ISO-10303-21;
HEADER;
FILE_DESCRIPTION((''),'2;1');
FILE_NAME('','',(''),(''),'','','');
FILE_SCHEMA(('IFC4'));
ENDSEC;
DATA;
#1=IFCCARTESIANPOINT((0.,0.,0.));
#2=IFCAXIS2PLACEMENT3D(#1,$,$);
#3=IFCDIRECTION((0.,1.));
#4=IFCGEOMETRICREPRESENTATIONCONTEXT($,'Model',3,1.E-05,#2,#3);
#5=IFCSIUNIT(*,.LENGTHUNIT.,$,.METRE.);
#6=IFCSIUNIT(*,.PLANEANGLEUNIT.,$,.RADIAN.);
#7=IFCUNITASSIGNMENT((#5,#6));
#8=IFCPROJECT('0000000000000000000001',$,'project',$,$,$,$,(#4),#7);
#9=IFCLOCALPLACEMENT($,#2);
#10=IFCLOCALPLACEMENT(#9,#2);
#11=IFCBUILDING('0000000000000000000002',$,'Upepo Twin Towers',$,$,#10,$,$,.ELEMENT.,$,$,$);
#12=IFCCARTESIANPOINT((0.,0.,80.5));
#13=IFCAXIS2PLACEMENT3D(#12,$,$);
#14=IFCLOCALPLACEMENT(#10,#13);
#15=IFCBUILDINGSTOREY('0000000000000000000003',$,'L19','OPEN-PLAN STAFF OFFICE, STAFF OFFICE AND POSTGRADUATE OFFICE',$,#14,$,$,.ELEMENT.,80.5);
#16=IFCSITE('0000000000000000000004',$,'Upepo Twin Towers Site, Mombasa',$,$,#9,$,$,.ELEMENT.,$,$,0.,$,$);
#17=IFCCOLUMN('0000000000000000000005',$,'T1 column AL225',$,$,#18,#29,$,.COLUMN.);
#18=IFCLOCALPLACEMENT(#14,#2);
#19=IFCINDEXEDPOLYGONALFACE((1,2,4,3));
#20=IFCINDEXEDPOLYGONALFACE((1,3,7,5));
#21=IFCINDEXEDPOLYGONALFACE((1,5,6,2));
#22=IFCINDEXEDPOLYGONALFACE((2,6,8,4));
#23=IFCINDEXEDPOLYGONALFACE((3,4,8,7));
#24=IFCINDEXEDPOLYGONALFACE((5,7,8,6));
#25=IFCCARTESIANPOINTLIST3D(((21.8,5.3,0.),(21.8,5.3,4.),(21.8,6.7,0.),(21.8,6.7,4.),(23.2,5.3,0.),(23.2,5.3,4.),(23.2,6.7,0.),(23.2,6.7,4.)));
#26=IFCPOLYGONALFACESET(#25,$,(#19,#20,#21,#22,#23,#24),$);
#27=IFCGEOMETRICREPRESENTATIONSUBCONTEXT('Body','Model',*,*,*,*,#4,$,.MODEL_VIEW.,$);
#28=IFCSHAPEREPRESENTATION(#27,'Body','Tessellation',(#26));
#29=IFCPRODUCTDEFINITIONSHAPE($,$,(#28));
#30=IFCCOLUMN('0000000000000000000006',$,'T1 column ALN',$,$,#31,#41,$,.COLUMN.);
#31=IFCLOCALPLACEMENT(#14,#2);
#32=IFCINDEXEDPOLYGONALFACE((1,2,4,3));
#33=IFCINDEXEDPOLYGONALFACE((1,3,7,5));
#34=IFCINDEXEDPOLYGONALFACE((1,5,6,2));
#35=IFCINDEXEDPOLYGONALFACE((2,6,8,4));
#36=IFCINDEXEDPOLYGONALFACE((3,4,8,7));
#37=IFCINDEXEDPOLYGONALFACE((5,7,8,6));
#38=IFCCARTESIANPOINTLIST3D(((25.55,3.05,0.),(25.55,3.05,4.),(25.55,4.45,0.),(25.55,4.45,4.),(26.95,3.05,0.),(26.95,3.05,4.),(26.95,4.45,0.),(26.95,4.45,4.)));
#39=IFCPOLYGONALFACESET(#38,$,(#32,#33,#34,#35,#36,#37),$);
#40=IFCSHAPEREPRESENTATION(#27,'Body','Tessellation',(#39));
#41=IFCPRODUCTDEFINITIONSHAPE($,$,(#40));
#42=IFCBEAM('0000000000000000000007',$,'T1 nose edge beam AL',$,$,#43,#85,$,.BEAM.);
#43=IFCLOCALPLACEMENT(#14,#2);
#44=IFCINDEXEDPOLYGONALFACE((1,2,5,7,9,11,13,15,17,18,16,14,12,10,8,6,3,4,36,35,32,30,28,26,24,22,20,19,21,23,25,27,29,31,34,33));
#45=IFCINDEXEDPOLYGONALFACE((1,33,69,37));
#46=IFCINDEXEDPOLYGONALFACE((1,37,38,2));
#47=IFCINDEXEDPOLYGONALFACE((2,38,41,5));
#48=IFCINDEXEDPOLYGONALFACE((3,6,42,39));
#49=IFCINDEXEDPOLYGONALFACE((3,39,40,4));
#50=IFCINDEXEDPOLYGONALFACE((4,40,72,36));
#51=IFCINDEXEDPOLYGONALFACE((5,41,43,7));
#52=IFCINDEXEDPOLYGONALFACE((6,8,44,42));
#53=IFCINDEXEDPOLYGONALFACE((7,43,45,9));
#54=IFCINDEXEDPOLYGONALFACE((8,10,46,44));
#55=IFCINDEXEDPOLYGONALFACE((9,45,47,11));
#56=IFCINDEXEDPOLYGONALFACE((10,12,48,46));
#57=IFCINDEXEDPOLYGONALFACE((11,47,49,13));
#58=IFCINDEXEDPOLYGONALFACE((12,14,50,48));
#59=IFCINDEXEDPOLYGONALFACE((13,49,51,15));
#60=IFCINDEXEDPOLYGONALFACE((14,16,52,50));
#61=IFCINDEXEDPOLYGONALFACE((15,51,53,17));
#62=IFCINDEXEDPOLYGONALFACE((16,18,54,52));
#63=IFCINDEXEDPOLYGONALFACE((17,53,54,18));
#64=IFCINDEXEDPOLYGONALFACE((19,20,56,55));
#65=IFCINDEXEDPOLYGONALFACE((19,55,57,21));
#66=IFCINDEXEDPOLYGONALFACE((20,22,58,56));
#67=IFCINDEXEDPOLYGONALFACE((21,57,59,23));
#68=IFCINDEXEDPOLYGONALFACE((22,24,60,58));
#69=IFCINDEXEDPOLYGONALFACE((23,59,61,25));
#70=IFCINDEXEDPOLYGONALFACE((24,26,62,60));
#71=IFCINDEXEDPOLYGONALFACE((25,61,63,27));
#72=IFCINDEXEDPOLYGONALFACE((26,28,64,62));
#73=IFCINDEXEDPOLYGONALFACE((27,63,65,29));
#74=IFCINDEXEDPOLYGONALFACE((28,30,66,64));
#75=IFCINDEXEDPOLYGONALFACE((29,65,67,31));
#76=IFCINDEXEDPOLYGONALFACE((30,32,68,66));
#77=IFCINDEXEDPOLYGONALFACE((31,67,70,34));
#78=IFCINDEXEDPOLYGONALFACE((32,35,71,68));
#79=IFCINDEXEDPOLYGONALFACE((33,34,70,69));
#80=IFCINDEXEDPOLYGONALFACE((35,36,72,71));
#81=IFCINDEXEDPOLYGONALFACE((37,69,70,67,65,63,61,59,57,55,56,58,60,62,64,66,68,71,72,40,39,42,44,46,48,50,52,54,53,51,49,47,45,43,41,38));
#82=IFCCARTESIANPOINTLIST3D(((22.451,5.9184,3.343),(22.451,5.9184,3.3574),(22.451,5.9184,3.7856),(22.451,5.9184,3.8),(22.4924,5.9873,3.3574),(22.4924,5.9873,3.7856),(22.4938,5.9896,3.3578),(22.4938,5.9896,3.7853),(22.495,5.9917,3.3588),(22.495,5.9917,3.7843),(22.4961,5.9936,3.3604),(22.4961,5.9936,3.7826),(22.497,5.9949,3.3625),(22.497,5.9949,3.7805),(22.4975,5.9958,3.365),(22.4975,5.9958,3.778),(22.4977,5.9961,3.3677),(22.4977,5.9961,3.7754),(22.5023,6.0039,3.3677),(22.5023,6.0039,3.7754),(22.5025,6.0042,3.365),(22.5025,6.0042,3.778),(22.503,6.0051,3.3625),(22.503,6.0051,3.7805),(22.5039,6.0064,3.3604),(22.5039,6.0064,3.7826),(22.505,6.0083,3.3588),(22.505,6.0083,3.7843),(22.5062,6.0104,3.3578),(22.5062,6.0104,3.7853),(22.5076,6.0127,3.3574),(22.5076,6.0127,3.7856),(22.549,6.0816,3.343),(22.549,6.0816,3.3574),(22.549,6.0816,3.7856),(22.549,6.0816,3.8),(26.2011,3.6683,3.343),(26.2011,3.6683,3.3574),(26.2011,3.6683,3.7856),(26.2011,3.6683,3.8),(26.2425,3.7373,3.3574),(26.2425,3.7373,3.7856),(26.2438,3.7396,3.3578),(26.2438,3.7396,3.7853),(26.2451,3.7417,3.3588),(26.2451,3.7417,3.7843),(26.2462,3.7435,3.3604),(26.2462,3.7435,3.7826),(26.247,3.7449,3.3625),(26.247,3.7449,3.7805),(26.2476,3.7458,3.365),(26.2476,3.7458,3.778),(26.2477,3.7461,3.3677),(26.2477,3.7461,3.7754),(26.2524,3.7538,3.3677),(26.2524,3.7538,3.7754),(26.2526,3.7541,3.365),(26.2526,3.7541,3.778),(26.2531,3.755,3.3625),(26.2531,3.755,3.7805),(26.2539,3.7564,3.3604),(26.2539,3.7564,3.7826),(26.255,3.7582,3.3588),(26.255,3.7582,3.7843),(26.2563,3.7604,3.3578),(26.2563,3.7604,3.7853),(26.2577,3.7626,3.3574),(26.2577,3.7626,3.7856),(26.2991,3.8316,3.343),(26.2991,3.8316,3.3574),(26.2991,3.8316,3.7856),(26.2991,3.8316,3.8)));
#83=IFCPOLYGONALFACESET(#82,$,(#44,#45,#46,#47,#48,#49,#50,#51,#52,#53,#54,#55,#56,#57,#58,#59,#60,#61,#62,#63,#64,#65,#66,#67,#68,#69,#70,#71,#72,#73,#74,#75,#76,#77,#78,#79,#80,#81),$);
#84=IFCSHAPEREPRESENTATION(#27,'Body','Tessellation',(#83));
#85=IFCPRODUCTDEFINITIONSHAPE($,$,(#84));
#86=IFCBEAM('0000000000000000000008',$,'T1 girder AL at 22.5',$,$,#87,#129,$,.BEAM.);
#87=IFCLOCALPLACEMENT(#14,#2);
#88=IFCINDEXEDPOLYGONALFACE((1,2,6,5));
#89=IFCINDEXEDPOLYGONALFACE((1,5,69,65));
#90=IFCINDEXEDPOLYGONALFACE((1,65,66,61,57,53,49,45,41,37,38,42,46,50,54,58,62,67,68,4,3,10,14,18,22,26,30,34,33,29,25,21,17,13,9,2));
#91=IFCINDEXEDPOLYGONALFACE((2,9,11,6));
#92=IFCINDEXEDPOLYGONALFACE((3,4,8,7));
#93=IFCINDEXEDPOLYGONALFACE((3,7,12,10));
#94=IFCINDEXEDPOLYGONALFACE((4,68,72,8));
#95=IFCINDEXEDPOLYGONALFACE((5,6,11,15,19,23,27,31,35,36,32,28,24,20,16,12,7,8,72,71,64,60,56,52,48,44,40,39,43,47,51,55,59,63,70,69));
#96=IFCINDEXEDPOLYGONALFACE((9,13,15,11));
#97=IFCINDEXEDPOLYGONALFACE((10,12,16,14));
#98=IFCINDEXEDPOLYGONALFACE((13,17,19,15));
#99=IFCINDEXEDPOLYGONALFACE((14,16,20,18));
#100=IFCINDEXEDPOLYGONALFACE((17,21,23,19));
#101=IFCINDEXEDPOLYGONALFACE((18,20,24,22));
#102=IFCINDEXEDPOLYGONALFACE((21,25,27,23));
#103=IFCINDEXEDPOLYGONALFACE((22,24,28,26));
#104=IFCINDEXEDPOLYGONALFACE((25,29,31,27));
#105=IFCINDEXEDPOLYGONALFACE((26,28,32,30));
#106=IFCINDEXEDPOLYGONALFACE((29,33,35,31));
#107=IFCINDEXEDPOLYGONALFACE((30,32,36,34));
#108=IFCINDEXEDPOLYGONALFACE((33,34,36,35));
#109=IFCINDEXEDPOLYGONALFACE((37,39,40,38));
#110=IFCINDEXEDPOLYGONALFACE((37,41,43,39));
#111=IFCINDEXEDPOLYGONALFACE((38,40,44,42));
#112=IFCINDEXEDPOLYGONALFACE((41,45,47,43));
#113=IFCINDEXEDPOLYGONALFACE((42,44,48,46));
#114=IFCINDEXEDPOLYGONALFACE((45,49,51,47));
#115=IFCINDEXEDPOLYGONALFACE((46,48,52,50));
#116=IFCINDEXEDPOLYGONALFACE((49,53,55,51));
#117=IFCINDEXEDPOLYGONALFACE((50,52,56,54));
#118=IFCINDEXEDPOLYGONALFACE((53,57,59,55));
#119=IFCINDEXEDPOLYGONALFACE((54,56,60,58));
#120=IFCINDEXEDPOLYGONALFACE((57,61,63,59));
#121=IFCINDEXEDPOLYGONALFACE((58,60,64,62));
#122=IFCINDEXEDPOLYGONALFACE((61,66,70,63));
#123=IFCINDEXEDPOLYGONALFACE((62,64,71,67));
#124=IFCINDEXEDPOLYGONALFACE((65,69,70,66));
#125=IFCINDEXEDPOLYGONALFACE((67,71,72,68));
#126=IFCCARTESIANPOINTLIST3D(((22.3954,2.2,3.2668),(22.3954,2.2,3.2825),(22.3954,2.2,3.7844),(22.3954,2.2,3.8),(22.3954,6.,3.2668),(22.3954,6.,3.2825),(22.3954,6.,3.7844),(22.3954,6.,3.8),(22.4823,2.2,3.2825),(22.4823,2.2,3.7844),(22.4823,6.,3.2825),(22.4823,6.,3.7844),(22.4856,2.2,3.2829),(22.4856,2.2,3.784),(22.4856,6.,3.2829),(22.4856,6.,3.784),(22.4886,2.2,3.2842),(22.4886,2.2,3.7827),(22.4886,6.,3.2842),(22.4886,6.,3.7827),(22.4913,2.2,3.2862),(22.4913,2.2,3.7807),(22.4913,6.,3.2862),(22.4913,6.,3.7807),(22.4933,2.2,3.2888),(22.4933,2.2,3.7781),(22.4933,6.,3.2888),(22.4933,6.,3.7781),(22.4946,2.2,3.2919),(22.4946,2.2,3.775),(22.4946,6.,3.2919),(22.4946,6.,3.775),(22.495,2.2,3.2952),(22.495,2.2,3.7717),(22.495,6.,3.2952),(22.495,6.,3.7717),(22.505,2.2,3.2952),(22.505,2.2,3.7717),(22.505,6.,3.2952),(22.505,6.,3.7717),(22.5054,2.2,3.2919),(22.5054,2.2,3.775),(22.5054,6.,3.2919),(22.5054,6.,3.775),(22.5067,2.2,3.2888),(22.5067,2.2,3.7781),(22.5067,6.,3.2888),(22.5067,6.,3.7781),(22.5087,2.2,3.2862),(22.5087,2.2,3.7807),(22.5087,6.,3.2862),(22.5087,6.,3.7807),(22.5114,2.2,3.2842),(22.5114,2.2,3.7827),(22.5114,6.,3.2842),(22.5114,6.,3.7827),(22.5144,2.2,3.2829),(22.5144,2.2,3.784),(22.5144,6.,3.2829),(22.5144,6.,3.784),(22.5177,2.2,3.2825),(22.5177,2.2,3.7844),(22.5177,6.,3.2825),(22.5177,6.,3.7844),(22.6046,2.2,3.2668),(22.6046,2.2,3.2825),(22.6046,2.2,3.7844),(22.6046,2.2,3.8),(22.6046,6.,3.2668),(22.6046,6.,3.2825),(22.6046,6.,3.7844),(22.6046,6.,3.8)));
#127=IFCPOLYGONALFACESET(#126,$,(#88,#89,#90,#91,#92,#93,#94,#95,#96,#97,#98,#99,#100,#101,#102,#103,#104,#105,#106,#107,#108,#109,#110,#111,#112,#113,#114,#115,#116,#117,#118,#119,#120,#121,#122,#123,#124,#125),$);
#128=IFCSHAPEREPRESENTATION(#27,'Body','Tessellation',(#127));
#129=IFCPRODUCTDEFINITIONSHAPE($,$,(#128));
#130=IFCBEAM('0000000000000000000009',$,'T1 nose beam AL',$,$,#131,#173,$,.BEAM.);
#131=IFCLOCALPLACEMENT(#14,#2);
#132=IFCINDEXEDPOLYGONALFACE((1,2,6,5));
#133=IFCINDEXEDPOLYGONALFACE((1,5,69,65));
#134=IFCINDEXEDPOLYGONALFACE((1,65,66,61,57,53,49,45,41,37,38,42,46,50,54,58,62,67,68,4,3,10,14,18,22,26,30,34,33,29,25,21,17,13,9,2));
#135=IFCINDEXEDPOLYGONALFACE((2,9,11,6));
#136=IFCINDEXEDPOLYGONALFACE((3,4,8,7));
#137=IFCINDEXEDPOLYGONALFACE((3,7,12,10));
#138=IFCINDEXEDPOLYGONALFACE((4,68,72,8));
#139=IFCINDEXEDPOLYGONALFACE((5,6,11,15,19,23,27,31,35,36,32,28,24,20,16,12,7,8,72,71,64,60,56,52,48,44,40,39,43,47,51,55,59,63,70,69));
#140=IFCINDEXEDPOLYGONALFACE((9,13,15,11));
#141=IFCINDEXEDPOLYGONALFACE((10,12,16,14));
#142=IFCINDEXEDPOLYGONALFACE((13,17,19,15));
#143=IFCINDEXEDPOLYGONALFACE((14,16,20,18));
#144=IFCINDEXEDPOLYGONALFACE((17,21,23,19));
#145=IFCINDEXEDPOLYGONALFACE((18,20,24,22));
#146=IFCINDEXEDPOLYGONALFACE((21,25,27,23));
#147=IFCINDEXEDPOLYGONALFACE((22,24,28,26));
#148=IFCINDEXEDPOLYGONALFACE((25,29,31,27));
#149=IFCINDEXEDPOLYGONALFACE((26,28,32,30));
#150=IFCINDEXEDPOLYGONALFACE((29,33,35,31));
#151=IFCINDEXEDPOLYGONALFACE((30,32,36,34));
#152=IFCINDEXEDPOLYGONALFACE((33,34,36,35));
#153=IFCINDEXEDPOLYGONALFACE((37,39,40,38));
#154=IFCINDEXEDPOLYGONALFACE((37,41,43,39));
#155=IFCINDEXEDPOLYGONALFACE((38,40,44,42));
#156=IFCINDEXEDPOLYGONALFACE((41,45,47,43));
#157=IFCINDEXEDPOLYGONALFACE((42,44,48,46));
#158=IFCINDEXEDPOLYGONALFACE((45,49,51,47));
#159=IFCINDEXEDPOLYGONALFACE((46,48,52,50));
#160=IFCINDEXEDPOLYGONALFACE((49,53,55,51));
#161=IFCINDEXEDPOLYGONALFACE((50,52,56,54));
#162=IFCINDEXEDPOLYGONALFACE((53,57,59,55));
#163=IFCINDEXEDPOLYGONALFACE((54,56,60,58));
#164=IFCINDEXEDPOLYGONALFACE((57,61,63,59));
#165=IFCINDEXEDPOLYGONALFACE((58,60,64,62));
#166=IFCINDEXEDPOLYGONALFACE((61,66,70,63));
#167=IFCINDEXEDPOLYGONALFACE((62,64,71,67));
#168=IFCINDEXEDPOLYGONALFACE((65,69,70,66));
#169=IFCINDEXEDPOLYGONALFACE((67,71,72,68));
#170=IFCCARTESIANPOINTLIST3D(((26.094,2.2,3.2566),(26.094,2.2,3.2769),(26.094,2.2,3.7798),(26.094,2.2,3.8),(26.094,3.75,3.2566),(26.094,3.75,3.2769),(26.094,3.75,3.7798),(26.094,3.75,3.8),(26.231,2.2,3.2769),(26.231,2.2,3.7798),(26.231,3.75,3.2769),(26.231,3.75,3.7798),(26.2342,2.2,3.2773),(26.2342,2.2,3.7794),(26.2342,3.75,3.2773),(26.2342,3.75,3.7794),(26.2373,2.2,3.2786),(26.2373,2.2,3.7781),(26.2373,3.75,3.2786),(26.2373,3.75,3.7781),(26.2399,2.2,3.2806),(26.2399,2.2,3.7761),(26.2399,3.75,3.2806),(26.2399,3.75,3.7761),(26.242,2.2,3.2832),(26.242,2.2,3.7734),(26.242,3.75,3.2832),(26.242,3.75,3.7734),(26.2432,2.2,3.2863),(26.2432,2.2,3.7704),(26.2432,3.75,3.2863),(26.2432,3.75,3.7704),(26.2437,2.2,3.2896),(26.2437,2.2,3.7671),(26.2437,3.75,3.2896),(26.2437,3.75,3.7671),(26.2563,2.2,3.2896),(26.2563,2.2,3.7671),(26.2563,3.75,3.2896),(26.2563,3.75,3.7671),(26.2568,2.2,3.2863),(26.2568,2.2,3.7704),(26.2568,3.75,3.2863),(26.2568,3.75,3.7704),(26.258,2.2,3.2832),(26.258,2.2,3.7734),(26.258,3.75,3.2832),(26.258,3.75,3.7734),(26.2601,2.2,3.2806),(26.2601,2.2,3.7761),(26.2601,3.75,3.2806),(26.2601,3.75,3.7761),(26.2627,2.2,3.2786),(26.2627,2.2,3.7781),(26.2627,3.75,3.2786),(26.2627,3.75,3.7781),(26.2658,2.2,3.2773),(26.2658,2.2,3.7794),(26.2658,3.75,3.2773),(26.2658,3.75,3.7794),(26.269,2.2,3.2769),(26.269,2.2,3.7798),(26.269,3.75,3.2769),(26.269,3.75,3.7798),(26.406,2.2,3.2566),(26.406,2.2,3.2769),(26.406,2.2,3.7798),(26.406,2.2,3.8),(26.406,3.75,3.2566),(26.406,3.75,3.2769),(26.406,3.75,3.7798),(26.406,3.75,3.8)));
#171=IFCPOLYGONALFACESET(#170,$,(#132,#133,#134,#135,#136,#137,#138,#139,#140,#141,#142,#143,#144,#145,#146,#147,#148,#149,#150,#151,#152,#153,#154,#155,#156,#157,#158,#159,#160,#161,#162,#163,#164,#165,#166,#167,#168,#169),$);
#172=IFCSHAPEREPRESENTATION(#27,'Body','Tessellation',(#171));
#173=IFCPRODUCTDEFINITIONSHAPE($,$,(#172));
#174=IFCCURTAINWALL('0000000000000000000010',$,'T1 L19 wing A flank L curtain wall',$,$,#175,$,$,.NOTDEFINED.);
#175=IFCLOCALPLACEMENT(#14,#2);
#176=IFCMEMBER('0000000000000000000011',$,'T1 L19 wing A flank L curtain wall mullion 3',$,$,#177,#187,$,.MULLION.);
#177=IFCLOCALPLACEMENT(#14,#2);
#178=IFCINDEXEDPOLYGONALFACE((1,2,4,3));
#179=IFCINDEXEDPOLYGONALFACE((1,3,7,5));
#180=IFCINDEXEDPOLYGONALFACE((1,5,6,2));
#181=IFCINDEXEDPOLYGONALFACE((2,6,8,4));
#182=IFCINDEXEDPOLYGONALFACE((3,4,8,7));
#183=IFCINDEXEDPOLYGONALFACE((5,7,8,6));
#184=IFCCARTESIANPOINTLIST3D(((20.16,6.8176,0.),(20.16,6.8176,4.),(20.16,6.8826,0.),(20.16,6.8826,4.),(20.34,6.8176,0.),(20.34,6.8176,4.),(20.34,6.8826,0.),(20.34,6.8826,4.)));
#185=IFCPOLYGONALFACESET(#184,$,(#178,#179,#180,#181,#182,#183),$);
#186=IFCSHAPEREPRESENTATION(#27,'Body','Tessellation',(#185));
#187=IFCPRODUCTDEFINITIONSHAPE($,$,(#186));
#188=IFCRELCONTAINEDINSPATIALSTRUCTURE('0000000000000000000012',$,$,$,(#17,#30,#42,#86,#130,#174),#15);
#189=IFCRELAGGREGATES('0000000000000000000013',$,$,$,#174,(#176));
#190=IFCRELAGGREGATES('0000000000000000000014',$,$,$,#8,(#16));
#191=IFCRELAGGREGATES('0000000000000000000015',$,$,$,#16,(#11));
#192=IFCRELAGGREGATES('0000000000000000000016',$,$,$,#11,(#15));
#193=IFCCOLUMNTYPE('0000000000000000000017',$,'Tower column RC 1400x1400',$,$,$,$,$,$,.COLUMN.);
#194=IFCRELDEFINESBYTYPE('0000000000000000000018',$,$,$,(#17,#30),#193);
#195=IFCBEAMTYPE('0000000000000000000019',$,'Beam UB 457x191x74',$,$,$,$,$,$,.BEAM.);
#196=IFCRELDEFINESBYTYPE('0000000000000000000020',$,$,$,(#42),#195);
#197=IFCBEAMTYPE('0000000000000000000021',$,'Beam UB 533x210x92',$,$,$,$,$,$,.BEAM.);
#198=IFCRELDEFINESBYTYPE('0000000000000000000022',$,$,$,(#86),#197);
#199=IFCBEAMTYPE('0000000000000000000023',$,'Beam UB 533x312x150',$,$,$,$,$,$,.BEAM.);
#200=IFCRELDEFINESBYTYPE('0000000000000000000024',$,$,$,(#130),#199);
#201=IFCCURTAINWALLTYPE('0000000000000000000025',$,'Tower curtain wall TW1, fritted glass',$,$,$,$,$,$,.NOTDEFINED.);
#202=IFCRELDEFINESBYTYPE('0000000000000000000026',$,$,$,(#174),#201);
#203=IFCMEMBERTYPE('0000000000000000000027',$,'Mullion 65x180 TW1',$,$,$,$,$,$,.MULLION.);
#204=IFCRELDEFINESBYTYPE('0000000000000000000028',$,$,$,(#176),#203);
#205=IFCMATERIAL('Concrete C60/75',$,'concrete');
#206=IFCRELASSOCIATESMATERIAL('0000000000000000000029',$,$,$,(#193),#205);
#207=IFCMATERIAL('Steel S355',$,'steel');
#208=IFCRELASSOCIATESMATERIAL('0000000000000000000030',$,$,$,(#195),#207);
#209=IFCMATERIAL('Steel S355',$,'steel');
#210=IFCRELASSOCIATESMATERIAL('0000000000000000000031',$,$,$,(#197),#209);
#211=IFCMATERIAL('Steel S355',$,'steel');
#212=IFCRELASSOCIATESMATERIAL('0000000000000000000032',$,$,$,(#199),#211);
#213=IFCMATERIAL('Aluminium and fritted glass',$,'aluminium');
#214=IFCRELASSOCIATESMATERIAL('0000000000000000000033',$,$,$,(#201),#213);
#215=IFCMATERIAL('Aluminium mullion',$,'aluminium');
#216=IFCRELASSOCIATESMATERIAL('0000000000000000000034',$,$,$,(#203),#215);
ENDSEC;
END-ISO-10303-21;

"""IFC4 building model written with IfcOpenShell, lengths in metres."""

from ifc_helpers import new_model, si_unit, direction, frame, origin, origin_2d, place, context, subcontext, project, spatial, rectangle, i_section, extrude, material, material_profile, profile_set, type_object, element, aggregate, save


model = new_model("IFC4")

# Units and contexts
model_context = context("Model", 3, precision=1e-05, world=origin(), true_north=direction((0.0, 1.0)))
body_context = subcontext(model_context, "Body", "Model", "MODEL_VIEW")
ifc_project = project(units=[si_unit("LENGTHUNIT", "METRE"), si_unit("PLANEANGLEUNIT", "RADIAN")], contexts=[model_context])

# Site, building, storey
site_placement = place(None, origin())
site = spatial("IfcSite", under=ifc_project, at=site_placement, Name="Upepo Twin Towers Site, Mombasa", CompositionType="ELEMENT", RefElevation=0.0)
building_placement = place(site_placement, origin())
building = spatial("IfcBuilding", under=site, at=building_placement, Name="Upepo Twin Towers", CompositionType="ELEMENT")
storey_placement = place(building_placement, frame((0.0, 0.0, 80.5)))
storey = spatial("IfcBuildingStorey", under=building, at=storey_placement, Name="L19", Description="OPEN-PLAN STAFF OFFICE, STAFF OFFICE AND POSTGRADUATE OFFICE", CompositionType="ELEMENT", Elevation=80.5)

# Columns
ifc_material_1 = material(Name="Concrete C60/75", Category="concrete")
ifc_material_profile_1 = material_profile(ifc_material_1, rectangle(XDim=1.3999, YDim=1.3999, at=origin_2d()), Name="RC 1400x1400")
ifc_profile_set_1 = profile_set([ifc_material_profile_1], Name="Concrete C60/75")
column_type = type_object("IfcColumnType", Name="Tower column RC 1400x1400", PredefinedType="COLUMN", material=ifc_profile_set_1)
for number, where, z_axis, x_axis, name in (
    (1, (22.5, 6.0, 0.0), (0.0, 0.0, 1.0), (1.0, 0.0, 0.0), "T1 column AL225"),
    (2, (26.25, 3.75, 0.0), (0.0, 0.0, 1.0), (1.0, 0.0, 0.0), "T1 column ALN"),
):
    element("IfcColumn", number, at=place(storey_placement, frame(where, z_axis=z_axis, x_axis=x_axis)), inside=storey, type_object=column_type, Name=name, PredefinedType="COLUMN", context=body_context, shape_type="SweptSolid", body=[
        extrude(rectangle(XDim=1.3999, YDim=1.3999, at=origin_2d()), origin(), (0.0, 0.0, 1.0), 4.0),
    ])

# Beams
ifc_material_2 = material(Name="Steel S355", Category="steel")
ifc_material_profile_2 = material_profile(ifc_material_2, i_section(OverallWidth=0.1904, OverallDepth=0.457, WebThickness=0.009, FlangeThickness=0.0144, FilletRadius=0.0103, at=origin_2d()), Name="UB 457x191x74")
ifc_profile_set_2 = profile_set([ifc_material_profile_2], Name="Steel S355")
beam_type_1 = type_object("IfcBeamType", Name="Beam UB 457x191x74", PredefinedType="BEAM", material=ifc_profile_set_2)
beam_1_placement = place(storey_placement, frame((22.5, 6.0, 3.5715), z_axis=(0.857493, -0.514496, 0.0), x_axis=(0.514496, 0.857493, 0.0)))
element("IfcBeam", 3, at=beam_1_placement, inside=storey, type_object=beam_type_1, Name="T1 nose edge beam AL", PredefinedType="BEAM", context=body_context, shape_type="SweptSolid", body=[
    extrude(i_section(OverallWidth=0.1904, OverallDepth=0.457, WebThickness=0.009, FlangeThickness=0.0144, FilletRadius=0.0103, at=origin_2d()), origin(), (0.0, 0.0, 1.0), 4.3733),
])
ifc_material_3 = material(Name="Steel S355", Category="steel")
ifc_material_profile_3 = material_profile(ifc_material_3, i_section(OverallWidth=0.2092, OverallDepth=0.5332, WebThickness=0.01, FlangeThickness=0.0156, FilletRadius=0.0127, at=origin_2d()), Name="UB 533x210x92")
ifc_profile_set_3 = profile_set([ifc_material_profile_3], Name="Steel S355")
beam_type_2 = type_object("IfcBeamType", Name="Beam UB 533x210x92", PredefinedType="BEAM", material=ifc_profile_set_3)
beam_2_placement = place(storey_placement, frame((22.5, 6.0, 3.5334), z_axis=(0.0, -1.0, 0.0), x_axis=(1.0, 0.0, 0.0)))
element("IfcBeam", 4, at=beam_2_placement, inside=storey, type_object=beam_type_2, Name="T1 girder AL at 22.5", PredefinedType="BEAM", context=body_context, shape_type="SweptSolid", body=[
    extrude(i_section(OverallWidth=0.2092, OverallDepth=0.5332, WebThickness=0.01, FlangeThickness=0.0156, FilletRadius=0.0127, at=origin_2d()), origin(), (0.0, 0.0, 1.0), 3.8),
])
ifc_material_4 = material(Name="Steel S355", Category="steel")
ifc_material_profile_4 = material_profile(ifc_material_4, i_section(OverallWidth=0.312, OverallDepth=0.5435, WebThickness=0.0127, FlangeThickness=0.0203, FilletRadius=0.0127, at=origin_2d()), Name="UB 533x312x150")
ifc_profile_set_4 = profile_set([ifc_material_profile_4], Name="Steel S355")
beam_type_3 = type_object("IfcBeamType", Name="Beam UB 533x312x150", PredefinedType="BEAM", material=ifc_profile_set_4)
beam_3_placement = place(storey_placement, frame((26.25, 3.75, 3.5283), z_axis=(0.0, -1.0, 0.0), x_axis=(1.0, 0.0, 0.0)))
element("IfcBeam", 5, at=beam_3_placement, inside=storey, type_object=beam_type_3, Name="T1 nose beam AL", PredefinedType="BEAM", context=body_context, shape_type="SweptSolid", body=[
    extrude(i_section(OverallWidth=0.312, OverallDepth=0.5435, WebThickness=0.0127, FlangeThickness=0.0203, FilletRadius=0.0127, at=origin_2d()), origin(), (0.0, 0.0, 1.0), 1.55),
])

# Curtain wall, member
ifc_material_5 = material(Name="Aluminium and fritted glass", Category="aluminium")
curtain_wall_type = type_object("IfcCurtainWallType", Name="Tower curtain wall TW1, fritted glass", PredefinedType="NOTDEFINED", material=ifc_material_5)
curtain_wall_1_placement = place(storey_placement, origin())
curtain_wall_1 = element("IfcCurtainWall", 6, at=curtain_wall_1_placement, inside=storey, type_object=curtain_wall_type, Name="T1 L19 wing A flank L curtain wall", PredefinedType="NOTDEFINED")
ifc_material_6 = material(Name="Aluminium mullion", Category="aluminium")
ifc_material_profile_5 = material_profile(ifc_material_6, rectangle(XDim=0.0649, YDim=0.1799, at=origin_2d()), Name="MULLION 65x180")
ifc_profile_set_5 = profile_set([ifc_material_profile_5], Name="Aluminium mullion")
member_type_1 = type_object("IfcMemberType", Name="Mullion 65x180 TW1", PredefinedType="MULLION", material=ifc_profile_set_5)
member_1_placement = place(storey_placement, frame((20.25, 6.8501, 0.0), z_axis=(0.0, 0.0, 1.0), x_axis=(0.0, 1.0, 0.0)))
member_1 = element("IfcMember", 7, at=member_1_placement, type_object=member_type_1, Name="T1 L19 wing A flank L curtain wall mullion 3", PredefinedType="MULLION", context=body_context, shape_type="SweptSolid", body=[
    extrude(rectangle(XDim=0.0649, YDim=0.1799, at=origin_2d()), origin(), (0.0, 0.0, 1.0), 4.0),
])

aggregate(curtain_wall_1, [member_1])

save(model, "model.ifc")
